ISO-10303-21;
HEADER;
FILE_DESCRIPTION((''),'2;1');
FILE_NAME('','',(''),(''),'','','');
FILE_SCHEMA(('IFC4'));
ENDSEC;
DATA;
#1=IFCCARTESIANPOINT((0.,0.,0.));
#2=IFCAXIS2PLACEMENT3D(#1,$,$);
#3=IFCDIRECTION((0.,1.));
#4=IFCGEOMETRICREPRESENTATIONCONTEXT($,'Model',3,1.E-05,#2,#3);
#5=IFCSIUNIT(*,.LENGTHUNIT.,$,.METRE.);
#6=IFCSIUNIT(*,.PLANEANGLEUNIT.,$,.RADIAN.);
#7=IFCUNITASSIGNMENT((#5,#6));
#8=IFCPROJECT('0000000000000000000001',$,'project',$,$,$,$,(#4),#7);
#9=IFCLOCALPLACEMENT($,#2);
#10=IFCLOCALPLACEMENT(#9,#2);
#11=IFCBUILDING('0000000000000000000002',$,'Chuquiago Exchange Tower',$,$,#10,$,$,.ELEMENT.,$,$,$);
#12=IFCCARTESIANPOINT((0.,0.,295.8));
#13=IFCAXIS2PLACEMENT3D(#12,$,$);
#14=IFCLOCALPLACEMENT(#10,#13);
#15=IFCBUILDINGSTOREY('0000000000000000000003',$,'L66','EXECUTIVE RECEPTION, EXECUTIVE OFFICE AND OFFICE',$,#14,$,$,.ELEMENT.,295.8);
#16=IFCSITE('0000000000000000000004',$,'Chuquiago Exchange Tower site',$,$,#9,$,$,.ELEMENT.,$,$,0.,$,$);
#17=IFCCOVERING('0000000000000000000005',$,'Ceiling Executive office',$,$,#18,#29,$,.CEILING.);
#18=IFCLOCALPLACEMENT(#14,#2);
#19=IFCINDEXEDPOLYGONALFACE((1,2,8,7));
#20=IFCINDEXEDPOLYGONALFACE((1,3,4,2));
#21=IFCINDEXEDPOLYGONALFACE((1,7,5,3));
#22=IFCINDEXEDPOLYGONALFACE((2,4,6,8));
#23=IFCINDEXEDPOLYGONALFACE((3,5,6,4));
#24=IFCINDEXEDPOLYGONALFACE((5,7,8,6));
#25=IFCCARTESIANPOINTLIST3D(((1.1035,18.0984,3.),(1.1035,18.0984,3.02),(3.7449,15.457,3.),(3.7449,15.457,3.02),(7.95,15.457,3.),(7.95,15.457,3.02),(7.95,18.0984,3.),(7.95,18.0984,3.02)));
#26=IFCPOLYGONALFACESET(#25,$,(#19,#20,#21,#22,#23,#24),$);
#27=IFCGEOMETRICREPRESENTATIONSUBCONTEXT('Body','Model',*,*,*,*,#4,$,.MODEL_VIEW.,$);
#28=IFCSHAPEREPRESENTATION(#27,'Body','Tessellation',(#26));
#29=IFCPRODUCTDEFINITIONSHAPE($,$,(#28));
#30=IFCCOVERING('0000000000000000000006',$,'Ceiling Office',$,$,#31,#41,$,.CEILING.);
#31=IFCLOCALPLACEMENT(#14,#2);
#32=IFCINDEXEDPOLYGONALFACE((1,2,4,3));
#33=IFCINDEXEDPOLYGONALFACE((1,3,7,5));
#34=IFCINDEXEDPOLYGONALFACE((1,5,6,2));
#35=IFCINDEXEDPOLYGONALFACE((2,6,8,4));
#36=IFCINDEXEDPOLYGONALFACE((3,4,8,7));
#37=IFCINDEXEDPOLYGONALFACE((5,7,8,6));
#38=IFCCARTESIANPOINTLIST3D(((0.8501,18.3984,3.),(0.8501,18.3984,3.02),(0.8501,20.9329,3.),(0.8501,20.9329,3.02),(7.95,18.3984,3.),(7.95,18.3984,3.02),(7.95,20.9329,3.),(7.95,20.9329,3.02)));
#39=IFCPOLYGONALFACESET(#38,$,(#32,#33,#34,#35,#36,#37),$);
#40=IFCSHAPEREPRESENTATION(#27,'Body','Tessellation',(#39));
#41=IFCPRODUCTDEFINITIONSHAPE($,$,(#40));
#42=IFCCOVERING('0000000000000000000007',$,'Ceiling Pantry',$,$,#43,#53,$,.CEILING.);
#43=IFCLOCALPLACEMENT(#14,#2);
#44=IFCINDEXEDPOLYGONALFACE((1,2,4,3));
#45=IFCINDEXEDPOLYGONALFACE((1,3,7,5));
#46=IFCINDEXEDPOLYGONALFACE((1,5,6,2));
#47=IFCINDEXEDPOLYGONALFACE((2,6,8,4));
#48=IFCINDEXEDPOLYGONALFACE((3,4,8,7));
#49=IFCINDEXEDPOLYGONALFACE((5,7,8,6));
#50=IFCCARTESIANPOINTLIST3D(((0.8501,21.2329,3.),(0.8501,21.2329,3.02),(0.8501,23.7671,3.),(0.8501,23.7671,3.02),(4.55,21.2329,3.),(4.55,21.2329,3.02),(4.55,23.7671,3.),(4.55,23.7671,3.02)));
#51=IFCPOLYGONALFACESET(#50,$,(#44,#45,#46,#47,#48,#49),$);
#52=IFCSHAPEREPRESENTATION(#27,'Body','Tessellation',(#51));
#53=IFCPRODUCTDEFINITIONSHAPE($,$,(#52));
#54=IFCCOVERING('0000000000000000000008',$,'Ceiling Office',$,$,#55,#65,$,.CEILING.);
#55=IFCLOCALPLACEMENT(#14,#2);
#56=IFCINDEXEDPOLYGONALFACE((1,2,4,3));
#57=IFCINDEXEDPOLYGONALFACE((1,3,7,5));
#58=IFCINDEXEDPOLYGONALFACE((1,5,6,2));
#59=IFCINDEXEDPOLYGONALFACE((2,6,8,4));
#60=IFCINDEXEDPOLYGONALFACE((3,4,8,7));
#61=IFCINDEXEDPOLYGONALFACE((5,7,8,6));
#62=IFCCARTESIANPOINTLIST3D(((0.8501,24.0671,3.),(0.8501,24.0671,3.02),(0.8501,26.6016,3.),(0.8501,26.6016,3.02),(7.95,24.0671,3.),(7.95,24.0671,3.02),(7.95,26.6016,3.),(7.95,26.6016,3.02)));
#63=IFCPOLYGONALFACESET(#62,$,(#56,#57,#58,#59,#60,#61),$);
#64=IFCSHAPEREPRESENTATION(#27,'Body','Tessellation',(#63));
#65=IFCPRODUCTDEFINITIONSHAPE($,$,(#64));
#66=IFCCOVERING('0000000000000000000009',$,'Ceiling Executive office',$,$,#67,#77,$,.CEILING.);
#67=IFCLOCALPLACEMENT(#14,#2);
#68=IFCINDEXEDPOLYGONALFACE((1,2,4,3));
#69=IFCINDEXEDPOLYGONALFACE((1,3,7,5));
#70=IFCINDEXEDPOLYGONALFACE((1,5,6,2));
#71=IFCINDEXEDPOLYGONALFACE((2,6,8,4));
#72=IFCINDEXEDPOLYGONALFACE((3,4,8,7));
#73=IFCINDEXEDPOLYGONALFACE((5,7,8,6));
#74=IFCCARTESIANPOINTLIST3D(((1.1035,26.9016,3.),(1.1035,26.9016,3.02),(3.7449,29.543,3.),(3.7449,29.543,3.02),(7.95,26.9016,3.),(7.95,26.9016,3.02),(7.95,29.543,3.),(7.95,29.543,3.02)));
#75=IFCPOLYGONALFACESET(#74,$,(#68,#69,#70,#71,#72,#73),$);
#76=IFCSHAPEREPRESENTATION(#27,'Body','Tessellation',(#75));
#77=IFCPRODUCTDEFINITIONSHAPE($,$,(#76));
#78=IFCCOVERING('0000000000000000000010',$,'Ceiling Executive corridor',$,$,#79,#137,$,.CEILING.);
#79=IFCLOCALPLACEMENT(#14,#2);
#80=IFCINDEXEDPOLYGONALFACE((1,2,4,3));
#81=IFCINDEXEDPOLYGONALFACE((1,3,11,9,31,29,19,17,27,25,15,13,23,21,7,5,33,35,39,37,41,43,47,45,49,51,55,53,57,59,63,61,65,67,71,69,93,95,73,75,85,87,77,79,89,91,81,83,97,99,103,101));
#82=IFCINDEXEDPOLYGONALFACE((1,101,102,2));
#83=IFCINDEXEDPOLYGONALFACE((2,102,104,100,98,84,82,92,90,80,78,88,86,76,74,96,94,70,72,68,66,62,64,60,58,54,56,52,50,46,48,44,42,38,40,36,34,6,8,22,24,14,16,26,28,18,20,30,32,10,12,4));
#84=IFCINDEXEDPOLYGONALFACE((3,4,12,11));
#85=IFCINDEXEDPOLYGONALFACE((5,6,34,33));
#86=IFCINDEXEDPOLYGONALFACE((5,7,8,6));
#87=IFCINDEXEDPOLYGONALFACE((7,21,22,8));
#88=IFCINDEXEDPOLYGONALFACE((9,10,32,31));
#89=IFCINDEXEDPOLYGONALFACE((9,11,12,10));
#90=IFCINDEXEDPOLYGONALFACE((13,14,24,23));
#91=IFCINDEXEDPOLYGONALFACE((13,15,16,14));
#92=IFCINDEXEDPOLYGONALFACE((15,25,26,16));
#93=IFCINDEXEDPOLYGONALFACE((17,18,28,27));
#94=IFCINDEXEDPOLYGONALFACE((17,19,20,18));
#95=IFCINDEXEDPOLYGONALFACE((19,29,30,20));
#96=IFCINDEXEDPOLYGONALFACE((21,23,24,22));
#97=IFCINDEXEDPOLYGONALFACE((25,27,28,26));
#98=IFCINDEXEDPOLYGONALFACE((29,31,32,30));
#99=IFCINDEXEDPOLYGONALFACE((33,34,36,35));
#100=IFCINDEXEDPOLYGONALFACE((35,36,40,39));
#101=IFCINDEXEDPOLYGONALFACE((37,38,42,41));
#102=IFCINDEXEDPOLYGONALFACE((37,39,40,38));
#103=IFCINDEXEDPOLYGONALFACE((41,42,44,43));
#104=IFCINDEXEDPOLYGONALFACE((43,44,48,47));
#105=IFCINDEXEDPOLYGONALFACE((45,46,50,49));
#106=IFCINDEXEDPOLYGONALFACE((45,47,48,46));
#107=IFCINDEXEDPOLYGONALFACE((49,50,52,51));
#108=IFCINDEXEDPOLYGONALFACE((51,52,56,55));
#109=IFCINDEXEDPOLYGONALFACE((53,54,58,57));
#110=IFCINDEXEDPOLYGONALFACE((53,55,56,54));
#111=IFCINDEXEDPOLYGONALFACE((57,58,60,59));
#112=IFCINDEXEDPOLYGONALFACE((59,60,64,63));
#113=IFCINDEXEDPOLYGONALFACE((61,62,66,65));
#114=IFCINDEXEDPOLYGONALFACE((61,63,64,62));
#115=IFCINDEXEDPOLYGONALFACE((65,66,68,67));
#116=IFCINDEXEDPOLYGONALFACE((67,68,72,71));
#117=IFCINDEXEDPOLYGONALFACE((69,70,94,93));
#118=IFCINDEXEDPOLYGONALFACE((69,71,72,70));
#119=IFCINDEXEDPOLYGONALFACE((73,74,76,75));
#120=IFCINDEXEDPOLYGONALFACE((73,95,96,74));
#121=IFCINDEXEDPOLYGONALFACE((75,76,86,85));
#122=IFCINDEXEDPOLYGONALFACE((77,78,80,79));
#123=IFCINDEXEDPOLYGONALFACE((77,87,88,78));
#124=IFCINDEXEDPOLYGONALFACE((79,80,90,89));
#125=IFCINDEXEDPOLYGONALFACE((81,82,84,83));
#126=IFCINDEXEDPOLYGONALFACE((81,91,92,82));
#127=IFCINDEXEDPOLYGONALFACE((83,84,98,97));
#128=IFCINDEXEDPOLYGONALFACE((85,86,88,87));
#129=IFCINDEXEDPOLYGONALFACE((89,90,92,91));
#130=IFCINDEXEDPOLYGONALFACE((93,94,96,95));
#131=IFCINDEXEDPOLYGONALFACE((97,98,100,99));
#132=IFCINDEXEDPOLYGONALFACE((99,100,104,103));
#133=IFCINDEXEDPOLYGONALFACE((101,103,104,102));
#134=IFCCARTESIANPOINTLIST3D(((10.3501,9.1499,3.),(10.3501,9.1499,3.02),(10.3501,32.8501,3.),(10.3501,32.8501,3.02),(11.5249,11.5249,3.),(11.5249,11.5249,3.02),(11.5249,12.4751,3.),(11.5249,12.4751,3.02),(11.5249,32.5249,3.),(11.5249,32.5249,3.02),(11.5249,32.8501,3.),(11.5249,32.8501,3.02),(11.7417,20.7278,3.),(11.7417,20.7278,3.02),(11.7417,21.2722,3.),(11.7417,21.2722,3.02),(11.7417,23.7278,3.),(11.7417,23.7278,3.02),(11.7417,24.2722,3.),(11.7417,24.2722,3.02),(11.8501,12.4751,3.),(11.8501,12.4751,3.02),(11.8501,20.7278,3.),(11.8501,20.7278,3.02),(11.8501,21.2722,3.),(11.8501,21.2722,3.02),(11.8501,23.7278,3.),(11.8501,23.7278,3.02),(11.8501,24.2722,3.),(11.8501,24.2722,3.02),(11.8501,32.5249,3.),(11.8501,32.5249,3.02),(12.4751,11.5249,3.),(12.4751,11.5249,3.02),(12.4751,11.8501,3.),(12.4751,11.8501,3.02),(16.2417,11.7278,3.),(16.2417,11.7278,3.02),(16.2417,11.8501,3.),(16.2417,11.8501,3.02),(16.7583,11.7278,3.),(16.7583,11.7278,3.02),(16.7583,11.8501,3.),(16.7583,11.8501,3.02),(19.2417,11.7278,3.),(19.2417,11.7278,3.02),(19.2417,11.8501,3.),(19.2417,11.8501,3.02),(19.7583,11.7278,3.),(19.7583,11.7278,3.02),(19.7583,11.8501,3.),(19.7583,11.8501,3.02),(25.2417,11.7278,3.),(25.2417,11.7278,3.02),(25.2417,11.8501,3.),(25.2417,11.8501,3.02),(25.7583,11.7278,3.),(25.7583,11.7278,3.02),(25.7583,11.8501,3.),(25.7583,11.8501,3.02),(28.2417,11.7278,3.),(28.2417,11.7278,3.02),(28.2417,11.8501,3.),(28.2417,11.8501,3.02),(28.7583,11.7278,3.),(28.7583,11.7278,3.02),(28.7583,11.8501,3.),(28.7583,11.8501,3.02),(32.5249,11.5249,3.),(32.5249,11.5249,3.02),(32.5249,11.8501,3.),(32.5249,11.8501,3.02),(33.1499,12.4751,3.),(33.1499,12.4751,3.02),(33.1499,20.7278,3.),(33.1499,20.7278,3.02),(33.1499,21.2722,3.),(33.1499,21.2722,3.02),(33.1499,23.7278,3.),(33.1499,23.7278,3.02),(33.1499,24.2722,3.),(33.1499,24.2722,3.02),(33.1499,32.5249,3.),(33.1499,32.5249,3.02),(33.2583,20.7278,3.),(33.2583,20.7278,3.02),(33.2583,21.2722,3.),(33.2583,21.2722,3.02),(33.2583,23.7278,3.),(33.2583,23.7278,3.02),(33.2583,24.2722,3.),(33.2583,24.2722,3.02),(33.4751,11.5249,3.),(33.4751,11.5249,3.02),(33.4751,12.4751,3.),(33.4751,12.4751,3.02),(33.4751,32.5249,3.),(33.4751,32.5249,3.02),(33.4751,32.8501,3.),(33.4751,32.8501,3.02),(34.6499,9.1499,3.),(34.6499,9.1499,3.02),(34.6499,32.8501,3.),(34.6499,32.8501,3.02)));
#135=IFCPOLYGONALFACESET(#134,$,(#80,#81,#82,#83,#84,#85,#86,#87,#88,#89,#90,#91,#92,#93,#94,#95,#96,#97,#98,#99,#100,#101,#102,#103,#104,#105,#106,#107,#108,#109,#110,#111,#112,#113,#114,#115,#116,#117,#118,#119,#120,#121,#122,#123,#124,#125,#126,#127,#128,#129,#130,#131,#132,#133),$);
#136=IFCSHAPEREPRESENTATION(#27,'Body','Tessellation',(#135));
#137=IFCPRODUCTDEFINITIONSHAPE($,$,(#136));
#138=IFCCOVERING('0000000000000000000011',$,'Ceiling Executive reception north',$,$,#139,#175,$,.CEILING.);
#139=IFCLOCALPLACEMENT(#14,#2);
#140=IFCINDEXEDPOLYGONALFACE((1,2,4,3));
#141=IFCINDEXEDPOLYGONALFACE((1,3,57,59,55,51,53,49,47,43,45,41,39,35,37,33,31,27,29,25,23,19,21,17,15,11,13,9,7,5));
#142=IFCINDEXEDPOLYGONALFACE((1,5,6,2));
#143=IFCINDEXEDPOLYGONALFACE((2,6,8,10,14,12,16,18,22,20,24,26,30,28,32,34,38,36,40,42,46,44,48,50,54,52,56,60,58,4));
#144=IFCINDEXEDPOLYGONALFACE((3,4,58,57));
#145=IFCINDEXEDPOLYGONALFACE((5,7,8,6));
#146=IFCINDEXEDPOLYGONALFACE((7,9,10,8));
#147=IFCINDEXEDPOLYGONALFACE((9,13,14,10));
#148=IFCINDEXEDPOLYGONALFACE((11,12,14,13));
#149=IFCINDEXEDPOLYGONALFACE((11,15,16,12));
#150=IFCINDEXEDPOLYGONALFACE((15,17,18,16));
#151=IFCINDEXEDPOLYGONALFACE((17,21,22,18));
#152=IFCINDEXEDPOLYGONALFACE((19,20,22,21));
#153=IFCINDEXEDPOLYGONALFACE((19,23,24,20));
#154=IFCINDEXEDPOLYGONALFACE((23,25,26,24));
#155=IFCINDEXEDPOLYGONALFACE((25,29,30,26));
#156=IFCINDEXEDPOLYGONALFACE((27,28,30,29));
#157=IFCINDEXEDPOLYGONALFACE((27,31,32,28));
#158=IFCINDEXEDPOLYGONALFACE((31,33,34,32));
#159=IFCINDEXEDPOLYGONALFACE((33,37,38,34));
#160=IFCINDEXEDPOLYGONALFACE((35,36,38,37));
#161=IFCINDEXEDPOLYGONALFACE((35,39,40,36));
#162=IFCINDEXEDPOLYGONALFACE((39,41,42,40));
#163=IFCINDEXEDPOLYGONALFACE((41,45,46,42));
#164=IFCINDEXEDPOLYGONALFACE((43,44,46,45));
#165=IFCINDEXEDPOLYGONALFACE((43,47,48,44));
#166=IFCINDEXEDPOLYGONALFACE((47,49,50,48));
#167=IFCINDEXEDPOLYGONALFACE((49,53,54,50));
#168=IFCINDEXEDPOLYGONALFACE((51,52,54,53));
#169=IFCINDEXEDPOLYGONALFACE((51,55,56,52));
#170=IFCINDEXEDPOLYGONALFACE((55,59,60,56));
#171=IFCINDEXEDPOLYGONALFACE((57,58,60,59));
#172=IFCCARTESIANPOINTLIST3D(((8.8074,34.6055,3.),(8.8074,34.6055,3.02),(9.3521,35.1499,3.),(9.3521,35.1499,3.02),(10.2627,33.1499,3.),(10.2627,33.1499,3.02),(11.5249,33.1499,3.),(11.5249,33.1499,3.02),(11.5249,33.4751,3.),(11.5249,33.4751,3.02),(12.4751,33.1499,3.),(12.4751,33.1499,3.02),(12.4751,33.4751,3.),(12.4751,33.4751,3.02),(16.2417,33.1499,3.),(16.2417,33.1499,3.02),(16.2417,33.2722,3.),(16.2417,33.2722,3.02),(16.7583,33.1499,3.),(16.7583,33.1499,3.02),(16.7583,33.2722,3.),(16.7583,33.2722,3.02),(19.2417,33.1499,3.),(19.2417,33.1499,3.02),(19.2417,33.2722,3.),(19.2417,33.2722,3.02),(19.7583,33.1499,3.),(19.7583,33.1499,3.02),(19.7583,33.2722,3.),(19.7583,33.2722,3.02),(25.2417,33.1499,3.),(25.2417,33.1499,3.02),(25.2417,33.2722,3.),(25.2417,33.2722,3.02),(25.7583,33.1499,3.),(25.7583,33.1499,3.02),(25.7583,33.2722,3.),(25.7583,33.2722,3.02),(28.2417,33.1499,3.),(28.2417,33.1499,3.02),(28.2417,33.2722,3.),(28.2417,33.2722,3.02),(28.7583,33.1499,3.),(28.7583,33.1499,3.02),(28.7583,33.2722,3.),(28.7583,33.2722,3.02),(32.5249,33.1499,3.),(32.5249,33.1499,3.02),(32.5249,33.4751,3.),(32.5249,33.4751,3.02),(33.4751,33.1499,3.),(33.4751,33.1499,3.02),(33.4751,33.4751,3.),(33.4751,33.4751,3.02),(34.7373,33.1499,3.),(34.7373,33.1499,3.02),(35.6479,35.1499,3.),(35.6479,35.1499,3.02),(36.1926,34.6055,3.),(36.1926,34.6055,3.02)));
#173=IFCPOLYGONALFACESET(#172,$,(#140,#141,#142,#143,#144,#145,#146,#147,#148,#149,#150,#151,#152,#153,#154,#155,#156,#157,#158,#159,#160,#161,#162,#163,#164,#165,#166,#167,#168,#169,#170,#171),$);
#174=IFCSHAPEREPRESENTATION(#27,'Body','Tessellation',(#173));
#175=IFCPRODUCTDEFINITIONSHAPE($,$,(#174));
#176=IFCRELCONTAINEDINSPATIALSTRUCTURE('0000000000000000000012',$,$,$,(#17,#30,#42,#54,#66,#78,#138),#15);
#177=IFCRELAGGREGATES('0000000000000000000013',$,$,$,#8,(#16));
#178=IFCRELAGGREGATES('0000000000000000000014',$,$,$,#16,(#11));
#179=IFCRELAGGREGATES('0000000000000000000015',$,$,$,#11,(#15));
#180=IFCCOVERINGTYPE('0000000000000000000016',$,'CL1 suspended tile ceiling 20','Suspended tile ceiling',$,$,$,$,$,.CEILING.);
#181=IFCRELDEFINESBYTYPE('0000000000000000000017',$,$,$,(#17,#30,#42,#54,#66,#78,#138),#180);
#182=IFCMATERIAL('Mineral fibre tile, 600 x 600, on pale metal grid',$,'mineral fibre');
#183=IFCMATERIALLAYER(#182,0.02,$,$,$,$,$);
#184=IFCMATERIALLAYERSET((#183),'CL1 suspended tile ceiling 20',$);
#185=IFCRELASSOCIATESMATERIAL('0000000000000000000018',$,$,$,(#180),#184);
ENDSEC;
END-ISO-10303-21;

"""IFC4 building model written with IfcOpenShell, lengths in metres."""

from ifc_helpers import new_model, si_unit, direction, frame, origin, place, context, subcontext, project, spatial, polyline, outline, extrude, material, layer, layer_set, type_object, element, save


model = new_model("IFC4")

# Units and contexts
model_context = context("Model", 3, precision=1e-05, world=origin(), true_north=direction((0.0, 1.0)))
body_context = subcontext(model_context, "Body", "Model", "MODEL_VIEW")
ifc_project = project(units=[si_unit("LENGTHUNIT", "METRE"), si_unit("PLANEANGLEUNIT", "RADIAN")], contexts=[model_context])

# Site, building, storey
site_placement = place(None, origin())
site = spatial("IfcSite", under=ifc_project, at=site_placement, Name="Chuquiago Exchange Tower site", CompositionType="ELEMENT", RefElevation=0.0)
building_placement = place(site_placement, origin())
building = spatial("IfcBuilding", under=site, at=building_placement, Name="Chuquiago Exchange Tower", CompositionType="ELEMENT")
storey_placement = place(building_placement, frame((0.0, 0.0, 295.8)))
storey = spatial("IfcBuildingStorey", under=building, at=storey_placement, Name="L66", Description="EXECUTIVE RECEPTION, EXECUTIVE OFFICE AND OFFICE", CompositionType="ELEMENT", Elevation=295.8)

# Coverings
ifc_material_1 = material(Name="Mineral fibre tile, 600 x 600, on pale metal grid", Category="mineral fibre")
ifc_layer_1 = layer(ifc_material_1, 0.02)
ifc_layer_set_1 = layer_set([ifc_layer_1], Name="CL1 suspended tile ceiling 20")
covering_type_1 = type_object("IfcCoveringType", Name="CL1 suspended tile ceiling 20", Description="Suspended tile ceiling", PredefinedType="CEILING", material=ifc_layer_set_1)
covering_1_placement = place(storey_placement, frame((0.0, 0.0, 3.0)))
element("IfcCovering", 1, at=covering_1_placement, inside=storey, type_object=covering_type_1, Name="Ceiling Executive office", PredefinedType="CEILING", context=body_context, shape_type="SweptSolid", body=[
    extrude(outline(polyline([(7.95, 18.0984), (7.95, 15.457), (3.7449, 15.457), (1.1035, 18.0984), (7.95, 18.0984)])), origin(), (0.0, 0.0, 1.0), 0.02),
])
covering_2_placement = place(storey_placement, frame((0.0, 0.0, 3.0)))
element("IfcCovering", 2, at=covering_2_placement, inside=storey, type_object=covering_type_1, Name="Ceiling Office", PredefinedType="CEILING", context=body_context, shape_type="SweptSolid", body=[
    extrude(outline(polyline([(0.8501, 20.9329), (7.95, 20.9329), (7.95, 18.3984), (0.8501, 18.3984), (0.8501, 20.9329)])), origin(), (0.0, 0.0, 1.0), 0.02),
])
covering_3_placement = place(storey_placement, frame((0.0, 0.0, 3.0)))
element("IfcCovering", 3, at=covering_3_placement, inside=storey, type_object=covering_type_1, Name="Ceiling Pantry", PredefinedType="CEILING", context=body_context, shape_type="SweptSolid", body=[
    extrude(outline(polyline([(4.55, 23.7671), (4.55, 21.2329), (0.8501, 21.2329), (0.8501, 23.7671), (4.55, 23.7671)])), origin(), (0.0, 0.0, 1.0), 0.02),
])
covering_4_placement = place(storey_placement, frame((0.0, 0.0, 3.0)))
element("IfcCovering", 4, at=covering_4_placement, inside=storey, type_object=covering_type_1, Name="Ceiling Office", PredefinedType="CEILING", context=body_context, shape_type="SweptSolid", body=[
    extrude(outline(polyline([(7.95, 26.6016), (7.95, 24.0671), (0.8501, 24.0671), (0.8501, 26.6016), (7.95, 26.6016)])), origin(), (0.0, 0.0, 1.0), 0.02),
])
covering_5_placement = place(storey_placement, frame((0.0, 0.0, 3.0)))
element("IfcCovering", 5, at=covering_5_placement, inside=storey, type_object=covering_type_1, Name="Ceiling Executive office", PredefinedType="CEILING", context=body_context, shape_type="SweptSolid", body=[
    extrude(outline(polyline([(7.95, 29.543), (7.95, 26.9016), (1.1035, 26.9016), (3.7449, 29.543), (7.95, 29.543)])), origin(), (0.0, 0.0, 1.0), 0.02),
])
covering_6_placement = place(storey_placement, frame((0.0, 0.0, 3.0)))
element("IfcCovering", 6, at=covering_6_placement, inside=storey, type_object=covering_type_1, Name="Ceiling Executive corridor", PredefinedType="CEILING", context=body_context, shape_type="SweptSolid", body=[
    extrude(outline(polyline([(16.2417, 11.8501), (16.2417, 11.7278), (16.7583, 11.7278), (16.7583, 11.8501), (19.2417, 11.8501), (19.2417, 11.7278), (19.7583, 11.7278), (19.7583, 11.8501), (25.2417, 11.8501), (25.2417, 11.7278), (25.7583, 11.7278), (25.7583, 11.8501), (28.2417, 11.8501), (28.2417, 11.7278), (28.7583, 11.7278), (28.7583, 11.8501), (32.5249, 11.8501), (32.5249, 11.5249), (33.4751, 11.5249), (33.4751, 12.4751), (33.1499, 12.4751), (33.1499, 20.7278), (33.2583, 20.7278), (33.2583, 21.2722), (33.1499, 21.2722), (33.1499, 23.7278), (33.2583, 23.7278), (33.2583, 24.2722), (33.1499, 24.2722), (33.1499, 32.5249), (33.4751, 32.5249), (33.4751, 32.8501), (34.6499, 32.8501), (34.6499, 9.1499), (10.3501, 9.1499), (10.3501, 32.8501), (11.5249, 32.8501), (11.5249, 32.5249), (11.8501, 32.5249), (11.8501, 24.2722), (11.7417, 24.2722), (11.7417, 23.7278), (11.8501, 23.7278), (11.8501, 21.2722), (11.7417, 21.2722), (11.7417, 20.7278), (11.8501, 20.7278), (11.8501, 12.4751), (11.5249, 12.4751), (11.5249, 11.5249), (12.4751, 11.5249), (12.4751, 11.8501), (16.2417, 11.8501)])), origin(), (0.0, 0.0, 1.0), 0.02),
])
covering_7_placement = place(storey_placement, frame((0.0, 0.0, 3.0)))
element("IfcCovering", 7, at=covering_7_placement, inside=storey, type_object=covering_type_1, Name="Ceiling Executive reception north", PredefinedType="CEILING", context=body_context, shape_type="SweptSolid", body=[
    extrude(outline(polyline([(35.6479, 35.1499), (36.1926, 34.6055), (34.7373, 33.1499), (33.4751, 33.1499), (33.4751, 33.4751), (32.5249, 33.4751), (32.5249, 33.1499), (28.7583, 33.1499), (28.7583, 33.2722), (28.2417, 33.2722), (28.2417, 33.1499), (25.7583, 33.1499), (25.7583, 33.2722), (25.2417, 33.2722), (25.2417, 33.1499), (19.7583, 33.1499), (19.7583, 33.2722), (19.2417, 33.2722), (19.2417, 33.1499), (16.7583, 33.1499), (16.7583, 33.2722), (16.2417, 33.2722), (16.2417, 33.1499), (12.4751, 33.1499), (12.4751, 33.4751), (11.5249, 33.4751), (11.5249, 33.1499), (10.2627, 33.1499), (8.8074, 34.6055), (9.3521, 35.1499), (35.6479, 35.1499)])), origin(), (0.0, 0.0, 1.0), 0.02),
])

save(model, "model.ifc")
